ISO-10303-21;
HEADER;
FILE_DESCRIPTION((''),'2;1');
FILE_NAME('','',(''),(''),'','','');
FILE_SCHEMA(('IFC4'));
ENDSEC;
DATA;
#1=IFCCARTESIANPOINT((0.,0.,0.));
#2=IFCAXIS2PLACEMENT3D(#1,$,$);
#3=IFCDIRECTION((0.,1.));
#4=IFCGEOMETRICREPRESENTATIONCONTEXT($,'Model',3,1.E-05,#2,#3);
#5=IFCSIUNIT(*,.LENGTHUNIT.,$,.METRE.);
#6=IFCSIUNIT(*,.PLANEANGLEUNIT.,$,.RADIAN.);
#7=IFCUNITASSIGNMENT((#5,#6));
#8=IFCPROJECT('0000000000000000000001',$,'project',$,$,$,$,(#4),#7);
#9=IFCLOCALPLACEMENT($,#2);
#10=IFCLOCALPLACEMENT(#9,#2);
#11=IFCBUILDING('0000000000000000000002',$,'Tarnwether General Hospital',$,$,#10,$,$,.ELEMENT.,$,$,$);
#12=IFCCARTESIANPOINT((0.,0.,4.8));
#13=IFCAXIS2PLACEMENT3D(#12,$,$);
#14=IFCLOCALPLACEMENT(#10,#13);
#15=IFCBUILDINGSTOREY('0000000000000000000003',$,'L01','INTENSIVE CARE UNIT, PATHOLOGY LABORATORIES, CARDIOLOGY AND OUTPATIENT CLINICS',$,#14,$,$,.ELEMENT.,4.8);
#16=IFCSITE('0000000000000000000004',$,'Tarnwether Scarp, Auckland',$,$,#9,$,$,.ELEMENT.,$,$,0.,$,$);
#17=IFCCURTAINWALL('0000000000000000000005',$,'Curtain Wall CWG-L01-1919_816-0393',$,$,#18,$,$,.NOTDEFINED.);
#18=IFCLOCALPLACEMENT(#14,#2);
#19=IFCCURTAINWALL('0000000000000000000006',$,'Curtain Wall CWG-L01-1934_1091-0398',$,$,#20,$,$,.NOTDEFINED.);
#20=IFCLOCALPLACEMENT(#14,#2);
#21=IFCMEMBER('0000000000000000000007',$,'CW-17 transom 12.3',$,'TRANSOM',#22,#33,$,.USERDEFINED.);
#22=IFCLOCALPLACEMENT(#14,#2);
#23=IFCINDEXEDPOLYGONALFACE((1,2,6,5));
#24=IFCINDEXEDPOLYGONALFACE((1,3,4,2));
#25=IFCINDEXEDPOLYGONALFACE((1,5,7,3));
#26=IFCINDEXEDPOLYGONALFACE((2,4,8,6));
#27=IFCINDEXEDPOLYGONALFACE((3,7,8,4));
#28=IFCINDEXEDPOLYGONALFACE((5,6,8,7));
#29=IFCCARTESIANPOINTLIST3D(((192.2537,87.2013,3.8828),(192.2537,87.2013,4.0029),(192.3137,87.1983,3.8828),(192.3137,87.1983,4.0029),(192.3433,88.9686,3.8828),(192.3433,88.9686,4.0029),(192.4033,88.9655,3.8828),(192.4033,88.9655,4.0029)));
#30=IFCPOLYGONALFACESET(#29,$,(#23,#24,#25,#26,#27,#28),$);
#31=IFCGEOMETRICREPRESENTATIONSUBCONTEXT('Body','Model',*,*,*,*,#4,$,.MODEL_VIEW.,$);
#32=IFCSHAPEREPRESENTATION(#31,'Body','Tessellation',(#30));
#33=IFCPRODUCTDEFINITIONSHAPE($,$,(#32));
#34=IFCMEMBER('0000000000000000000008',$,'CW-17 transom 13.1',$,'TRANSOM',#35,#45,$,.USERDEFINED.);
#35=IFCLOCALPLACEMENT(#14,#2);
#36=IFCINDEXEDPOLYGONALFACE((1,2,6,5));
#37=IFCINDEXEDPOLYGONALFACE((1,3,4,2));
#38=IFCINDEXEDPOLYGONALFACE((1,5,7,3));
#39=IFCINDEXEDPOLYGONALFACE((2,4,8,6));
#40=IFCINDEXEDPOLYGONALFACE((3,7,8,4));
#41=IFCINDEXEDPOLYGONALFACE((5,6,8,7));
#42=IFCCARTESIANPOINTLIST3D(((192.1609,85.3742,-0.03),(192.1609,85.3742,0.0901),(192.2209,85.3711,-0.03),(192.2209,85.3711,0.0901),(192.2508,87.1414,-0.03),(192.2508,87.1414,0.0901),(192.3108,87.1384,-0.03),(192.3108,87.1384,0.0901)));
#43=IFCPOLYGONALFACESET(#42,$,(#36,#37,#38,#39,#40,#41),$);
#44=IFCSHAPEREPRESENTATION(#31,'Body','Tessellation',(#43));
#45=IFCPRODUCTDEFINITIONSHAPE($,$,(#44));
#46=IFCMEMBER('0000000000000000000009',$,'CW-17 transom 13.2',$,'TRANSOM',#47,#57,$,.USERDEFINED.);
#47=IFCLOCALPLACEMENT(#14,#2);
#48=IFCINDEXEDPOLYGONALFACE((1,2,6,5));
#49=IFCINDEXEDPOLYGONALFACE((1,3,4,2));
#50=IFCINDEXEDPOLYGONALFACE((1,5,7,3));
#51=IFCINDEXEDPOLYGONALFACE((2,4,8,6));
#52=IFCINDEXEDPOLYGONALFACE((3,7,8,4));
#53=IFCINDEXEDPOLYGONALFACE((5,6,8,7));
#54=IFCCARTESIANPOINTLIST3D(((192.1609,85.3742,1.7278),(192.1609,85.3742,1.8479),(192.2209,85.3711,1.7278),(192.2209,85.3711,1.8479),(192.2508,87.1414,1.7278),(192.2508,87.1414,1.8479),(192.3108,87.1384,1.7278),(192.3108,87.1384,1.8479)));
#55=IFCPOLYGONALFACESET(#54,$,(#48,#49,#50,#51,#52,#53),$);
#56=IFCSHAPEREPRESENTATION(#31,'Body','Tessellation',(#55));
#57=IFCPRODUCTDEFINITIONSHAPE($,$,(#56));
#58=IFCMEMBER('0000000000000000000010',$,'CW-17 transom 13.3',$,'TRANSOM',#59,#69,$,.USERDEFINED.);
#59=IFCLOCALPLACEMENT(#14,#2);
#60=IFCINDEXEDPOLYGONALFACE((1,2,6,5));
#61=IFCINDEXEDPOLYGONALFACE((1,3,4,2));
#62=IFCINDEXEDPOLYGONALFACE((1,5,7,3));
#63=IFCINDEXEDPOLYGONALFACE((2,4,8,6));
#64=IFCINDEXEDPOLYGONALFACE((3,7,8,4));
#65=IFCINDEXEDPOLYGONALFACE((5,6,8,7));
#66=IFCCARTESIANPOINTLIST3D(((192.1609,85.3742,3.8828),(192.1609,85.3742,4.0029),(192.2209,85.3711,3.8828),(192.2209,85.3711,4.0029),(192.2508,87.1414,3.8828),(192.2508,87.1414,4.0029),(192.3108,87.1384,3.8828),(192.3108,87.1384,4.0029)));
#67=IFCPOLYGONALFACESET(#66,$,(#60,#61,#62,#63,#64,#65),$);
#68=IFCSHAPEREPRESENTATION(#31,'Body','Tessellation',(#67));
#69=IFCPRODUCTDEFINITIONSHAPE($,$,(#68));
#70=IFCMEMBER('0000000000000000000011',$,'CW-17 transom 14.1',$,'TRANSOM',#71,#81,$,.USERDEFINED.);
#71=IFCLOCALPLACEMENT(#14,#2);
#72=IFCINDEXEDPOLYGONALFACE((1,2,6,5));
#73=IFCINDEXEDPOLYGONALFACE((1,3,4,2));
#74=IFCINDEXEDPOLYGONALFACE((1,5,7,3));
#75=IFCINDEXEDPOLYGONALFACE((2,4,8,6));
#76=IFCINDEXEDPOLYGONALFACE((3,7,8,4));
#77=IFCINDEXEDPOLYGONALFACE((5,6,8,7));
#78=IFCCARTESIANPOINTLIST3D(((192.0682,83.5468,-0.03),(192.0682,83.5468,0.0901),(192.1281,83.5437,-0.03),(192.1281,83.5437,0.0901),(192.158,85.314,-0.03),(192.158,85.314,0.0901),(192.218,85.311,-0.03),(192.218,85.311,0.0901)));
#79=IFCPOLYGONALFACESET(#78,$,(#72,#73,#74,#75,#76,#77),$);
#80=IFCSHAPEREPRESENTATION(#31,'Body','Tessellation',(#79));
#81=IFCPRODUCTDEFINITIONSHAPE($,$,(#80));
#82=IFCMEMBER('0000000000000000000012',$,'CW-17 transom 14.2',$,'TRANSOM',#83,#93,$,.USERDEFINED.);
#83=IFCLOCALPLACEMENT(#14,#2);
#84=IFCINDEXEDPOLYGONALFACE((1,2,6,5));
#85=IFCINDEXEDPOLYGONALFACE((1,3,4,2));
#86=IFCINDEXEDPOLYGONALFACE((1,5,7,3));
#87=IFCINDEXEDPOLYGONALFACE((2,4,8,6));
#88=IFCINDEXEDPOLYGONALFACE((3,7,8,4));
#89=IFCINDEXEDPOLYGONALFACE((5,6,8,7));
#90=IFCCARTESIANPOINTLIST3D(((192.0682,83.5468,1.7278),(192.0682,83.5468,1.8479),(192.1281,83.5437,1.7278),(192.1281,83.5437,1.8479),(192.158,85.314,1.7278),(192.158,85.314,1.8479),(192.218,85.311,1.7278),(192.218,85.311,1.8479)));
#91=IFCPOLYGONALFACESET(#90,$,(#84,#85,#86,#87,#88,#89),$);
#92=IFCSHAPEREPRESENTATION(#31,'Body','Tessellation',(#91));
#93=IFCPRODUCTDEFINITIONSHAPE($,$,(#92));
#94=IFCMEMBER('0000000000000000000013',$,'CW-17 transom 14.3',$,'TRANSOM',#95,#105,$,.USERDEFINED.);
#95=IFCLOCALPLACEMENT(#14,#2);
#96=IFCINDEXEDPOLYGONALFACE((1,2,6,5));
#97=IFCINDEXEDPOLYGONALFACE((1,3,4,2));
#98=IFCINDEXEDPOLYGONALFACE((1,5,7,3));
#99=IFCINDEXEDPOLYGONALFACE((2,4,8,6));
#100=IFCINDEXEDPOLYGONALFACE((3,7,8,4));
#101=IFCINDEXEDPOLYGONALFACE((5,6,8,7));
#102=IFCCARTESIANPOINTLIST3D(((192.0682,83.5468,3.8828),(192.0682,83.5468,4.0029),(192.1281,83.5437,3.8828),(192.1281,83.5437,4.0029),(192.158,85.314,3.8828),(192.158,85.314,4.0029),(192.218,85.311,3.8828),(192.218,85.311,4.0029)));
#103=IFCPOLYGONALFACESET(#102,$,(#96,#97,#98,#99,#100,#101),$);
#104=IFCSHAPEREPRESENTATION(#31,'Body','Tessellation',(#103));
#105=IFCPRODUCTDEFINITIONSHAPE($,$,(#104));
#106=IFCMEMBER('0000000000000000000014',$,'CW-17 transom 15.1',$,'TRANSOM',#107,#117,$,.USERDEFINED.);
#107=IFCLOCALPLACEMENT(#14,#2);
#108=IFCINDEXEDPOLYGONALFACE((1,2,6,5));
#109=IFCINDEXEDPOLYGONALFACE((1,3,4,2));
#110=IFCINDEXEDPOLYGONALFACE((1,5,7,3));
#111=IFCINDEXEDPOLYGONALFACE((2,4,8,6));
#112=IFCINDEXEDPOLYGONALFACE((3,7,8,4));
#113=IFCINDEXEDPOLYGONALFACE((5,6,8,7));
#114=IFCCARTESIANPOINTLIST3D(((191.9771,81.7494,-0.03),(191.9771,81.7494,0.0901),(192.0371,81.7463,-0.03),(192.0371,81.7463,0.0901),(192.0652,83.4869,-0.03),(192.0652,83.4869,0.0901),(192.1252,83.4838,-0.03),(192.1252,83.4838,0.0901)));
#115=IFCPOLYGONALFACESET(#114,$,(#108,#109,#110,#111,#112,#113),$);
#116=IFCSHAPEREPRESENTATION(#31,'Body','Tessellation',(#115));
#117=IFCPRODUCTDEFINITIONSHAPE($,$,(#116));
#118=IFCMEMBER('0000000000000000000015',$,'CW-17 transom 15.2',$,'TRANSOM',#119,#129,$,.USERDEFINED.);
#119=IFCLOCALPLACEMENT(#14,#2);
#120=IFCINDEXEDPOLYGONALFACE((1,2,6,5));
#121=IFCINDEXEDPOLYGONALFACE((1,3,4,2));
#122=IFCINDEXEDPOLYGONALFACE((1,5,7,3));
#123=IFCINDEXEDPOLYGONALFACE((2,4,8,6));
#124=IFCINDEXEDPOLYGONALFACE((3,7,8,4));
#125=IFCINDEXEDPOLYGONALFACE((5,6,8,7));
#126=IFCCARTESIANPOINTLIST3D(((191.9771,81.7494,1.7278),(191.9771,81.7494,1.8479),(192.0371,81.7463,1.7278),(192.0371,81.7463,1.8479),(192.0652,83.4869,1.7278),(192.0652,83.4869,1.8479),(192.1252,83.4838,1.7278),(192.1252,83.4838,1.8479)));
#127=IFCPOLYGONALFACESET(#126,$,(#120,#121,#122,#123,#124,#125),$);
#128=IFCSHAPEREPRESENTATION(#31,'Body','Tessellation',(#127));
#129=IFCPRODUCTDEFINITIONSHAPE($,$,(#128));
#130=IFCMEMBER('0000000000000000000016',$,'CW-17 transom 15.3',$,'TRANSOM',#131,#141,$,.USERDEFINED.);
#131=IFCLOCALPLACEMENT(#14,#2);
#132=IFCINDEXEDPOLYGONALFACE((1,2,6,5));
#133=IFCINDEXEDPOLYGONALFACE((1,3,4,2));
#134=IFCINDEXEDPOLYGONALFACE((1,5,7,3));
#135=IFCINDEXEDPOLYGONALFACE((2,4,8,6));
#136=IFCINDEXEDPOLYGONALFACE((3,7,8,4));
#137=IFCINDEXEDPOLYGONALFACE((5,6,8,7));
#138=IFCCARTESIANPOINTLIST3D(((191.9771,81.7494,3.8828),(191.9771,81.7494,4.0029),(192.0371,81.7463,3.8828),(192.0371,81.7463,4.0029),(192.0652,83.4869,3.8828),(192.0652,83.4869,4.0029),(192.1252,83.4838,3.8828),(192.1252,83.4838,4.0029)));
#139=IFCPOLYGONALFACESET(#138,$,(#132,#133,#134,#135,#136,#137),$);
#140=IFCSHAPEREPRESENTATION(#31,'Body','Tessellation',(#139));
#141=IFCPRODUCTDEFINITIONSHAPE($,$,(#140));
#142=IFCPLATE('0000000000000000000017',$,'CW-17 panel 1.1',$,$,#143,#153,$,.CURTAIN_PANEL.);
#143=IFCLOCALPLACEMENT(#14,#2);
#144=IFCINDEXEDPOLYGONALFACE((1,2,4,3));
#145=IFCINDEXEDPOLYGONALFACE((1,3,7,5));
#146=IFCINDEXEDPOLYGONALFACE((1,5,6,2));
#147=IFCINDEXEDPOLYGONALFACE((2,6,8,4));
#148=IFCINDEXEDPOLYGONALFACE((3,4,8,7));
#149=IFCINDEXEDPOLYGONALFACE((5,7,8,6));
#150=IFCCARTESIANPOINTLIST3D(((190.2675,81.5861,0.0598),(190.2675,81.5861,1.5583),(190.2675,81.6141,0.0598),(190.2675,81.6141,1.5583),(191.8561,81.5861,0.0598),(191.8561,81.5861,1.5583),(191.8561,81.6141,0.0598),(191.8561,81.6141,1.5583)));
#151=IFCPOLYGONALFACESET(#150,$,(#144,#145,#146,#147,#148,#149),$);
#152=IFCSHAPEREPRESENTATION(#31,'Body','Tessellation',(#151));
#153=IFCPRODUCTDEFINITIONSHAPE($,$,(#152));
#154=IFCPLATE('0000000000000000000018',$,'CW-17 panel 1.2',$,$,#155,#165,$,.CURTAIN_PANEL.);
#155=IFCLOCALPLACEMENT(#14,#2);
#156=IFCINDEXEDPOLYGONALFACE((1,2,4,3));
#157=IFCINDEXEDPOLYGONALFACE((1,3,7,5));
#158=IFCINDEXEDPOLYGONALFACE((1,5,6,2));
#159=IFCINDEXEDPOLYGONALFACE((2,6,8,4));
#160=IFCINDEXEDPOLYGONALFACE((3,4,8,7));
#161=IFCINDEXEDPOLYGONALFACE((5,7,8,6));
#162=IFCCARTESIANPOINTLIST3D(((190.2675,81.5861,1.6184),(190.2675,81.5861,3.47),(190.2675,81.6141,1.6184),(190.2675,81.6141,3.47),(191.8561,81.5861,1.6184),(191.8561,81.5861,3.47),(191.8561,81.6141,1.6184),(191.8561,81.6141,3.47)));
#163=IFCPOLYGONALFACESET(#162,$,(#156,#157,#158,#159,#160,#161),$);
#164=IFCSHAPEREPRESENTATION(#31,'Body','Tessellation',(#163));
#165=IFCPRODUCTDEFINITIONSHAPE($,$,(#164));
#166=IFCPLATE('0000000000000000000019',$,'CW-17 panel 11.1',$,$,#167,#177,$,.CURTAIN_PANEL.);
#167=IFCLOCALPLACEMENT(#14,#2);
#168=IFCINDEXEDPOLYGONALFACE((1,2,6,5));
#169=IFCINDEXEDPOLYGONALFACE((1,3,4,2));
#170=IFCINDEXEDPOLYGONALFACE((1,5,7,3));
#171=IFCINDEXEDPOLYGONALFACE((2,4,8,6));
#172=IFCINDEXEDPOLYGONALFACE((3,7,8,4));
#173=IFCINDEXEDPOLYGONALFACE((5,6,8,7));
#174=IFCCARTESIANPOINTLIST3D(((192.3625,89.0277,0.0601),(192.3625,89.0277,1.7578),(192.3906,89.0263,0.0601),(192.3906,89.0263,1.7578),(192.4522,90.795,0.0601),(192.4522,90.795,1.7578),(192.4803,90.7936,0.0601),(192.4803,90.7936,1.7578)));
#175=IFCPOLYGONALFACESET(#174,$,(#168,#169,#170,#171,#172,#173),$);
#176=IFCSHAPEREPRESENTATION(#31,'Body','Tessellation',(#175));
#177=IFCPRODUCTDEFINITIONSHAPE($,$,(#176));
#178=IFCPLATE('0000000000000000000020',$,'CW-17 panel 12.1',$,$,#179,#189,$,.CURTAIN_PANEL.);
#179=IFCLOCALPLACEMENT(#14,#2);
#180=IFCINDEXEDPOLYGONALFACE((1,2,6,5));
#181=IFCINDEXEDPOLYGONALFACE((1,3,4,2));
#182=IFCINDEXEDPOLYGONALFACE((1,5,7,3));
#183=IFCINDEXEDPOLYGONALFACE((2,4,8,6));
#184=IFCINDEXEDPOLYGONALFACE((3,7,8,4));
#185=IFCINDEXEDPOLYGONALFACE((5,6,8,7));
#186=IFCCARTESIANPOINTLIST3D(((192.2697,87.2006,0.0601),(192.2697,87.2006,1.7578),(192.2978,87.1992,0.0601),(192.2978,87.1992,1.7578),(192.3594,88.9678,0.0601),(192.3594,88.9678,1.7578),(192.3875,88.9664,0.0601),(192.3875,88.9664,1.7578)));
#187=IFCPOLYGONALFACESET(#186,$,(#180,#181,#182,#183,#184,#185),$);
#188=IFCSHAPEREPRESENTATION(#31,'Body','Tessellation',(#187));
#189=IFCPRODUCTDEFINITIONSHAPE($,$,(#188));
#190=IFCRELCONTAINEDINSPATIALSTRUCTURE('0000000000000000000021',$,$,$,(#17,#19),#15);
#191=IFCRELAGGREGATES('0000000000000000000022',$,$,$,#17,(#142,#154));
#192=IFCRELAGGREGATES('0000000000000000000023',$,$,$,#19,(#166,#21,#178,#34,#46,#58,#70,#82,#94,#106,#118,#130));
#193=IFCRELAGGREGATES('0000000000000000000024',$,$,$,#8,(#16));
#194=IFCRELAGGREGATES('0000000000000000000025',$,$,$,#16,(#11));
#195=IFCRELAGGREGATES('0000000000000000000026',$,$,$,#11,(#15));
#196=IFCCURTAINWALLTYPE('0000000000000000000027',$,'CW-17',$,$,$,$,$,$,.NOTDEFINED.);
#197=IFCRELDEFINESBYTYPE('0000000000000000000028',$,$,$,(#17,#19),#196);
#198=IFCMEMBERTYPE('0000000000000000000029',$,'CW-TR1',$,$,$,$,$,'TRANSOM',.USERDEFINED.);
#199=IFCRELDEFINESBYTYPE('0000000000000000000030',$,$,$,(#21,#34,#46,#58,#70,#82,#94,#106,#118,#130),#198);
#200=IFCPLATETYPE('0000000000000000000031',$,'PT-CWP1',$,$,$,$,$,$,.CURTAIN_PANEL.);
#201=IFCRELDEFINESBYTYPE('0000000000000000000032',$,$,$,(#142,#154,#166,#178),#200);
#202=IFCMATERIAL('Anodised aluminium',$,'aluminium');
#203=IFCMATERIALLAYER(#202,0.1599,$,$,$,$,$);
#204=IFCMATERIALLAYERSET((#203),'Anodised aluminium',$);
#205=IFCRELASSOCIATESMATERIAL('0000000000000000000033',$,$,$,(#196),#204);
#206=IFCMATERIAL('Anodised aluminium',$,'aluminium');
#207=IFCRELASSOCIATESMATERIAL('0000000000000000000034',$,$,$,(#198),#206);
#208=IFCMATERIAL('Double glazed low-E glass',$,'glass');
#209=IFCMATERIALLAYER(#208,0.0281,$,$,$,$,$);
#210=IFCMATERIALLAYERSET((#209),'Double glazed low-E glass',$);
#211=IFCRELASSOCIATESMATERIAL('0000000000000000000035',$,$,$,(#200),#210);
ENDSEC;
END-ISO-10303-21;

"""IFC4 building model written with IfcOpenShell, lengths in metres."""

from ifc_helpers import new_model, si_unit, direction, frame, origin, origin_2d, place, context, subcontext, project, spatial, rectangle, extrude, material, layer, layer_set, material_profile, profile_set, type_object, element, aggregate, save


model = new_model("IFC4")

# Units and contexts
model_context = context("Model", 3, precision=1e-05, world=origin(), true_north=direction((0.0, 1.0)))
body_context = subcontext(model_context, "Body", "Model", "MODEL_VIEW")
ifc_project = project(units=[si_unit("LENGTHUNIT", "METRE"), si_unit("PLANEANGLEUNIT", "RADIAN")], contexts=[model_context])

# Site, building, storey
site_placement = place(None, origin())
site = spatial("IfcSite", under=ifc_project, at=site_placement, Name="Tarnwether Scarp, Auckland", CompositionType="ELEMENT", RefElevation=0.0)
building_placement = place(site_placement, origin())
building = spatial("IfcBuilding", under=site, at=building_placement, Name="Tarnwether General Hospital", CompositionType="ELEMENT")
storey_placement = place(building_placement, frame((0.0, 0.0, 4.8)))
storey = spatial("IfcBuildingStorey", under=building, at=storey_placement, Name="L01", Description="INTENSIVE CARE UNIT, PATHOLOGY LABORATORIES, CARDIOLOGY AND OUTPATIENT CLINICS", CompositionType="ELEMENT", Elevation=4.8)

# Curtain wall
ifc_material_1 = material(Name="Anodised aluminium", Category="aluminium")
ifc_layer_1 = layer(ifc_material_1, 0.1599)
ifc_layer_set_1 = layer_set([ifc_layer_1], Name="Anodised aluminium")
curtain_wall_type = type_object("IfcCurtainWallType", Name="CW-17", PredefinedType="NOTDEFINED", material=ifc_layer_set_1)
curtain_wall_1_placement = place(storey_placement, origin())
curtain_wall_1 = element("IfcCurtainWall", 1, at=curtain_wall_1_placement, inside=storey, type_object=curtain_wall_type, Name="Curtain Wall CWG-L01-1919_816-0393", PredefinedType="NOTDEFINED")

# Curtain wall
curtain_wall_2_placement = place(storey_placement, origin())
curtain_wall_2 = element("IfcCurtainWall", 2, at=curtain_wall_2_placement, inside=storey, type_object=curtain_wall_type, Name="Curtain Wall CWG-L01-1934_1091-0398", PredefinedType="NOTDEFINED")

# Members
ifc_material_2 = material(Name="Anodised aluminium", Category="aluminium")
ifc_material_profile_1 = material_profile(ifc_material_2, rectangle(XDim=0.0601, YDim=0.1201, at=origin_2d()), Name="ALU-TRN-60x120")
ifc_profile_set_1 = profile_set([ifc_material_profile_1], Name="Anodised aluminium")
member_type_1 = type_object("IfcMemberType", Name="CW-TR1", ElementType="TRANSOM", PredefinedType="USERDEFINED", material=ifc_profile_set_1)
member_1_placement = place(storey_placement, frame((192.3733, 88.967, 3.9429), z_axis=(-0.050633, -0.998717, 0.0), x_axis=(0.998717, -0.050633, 0.0)))
member_1 = element("IfcMember", 3, at=member_1_placement, type_object=member_type_1, Name="CW-17 transom 12.3", ObjectType="TRANSOM", PredefinedType="USERDEFINED", context=body_context, shape_type="SweptSolid", body=[
    extrude(rectangle(XDim=0.0601, YDim=0.1201, at=origin_2d()), origin(), (0.0, 0.0, 1.0), 1.7695),
])
member_2_placement = place(storey_placement, frame((192.2808, 87.1399, 0.03), z_axis=(-0.05077, -0.99871, 0.0), x_axis=(0.99871, -0.05077, 0.0)))
member_2 = element("IfcMember", 4, at=member_2_placement, type_object=member_type_1, Name="CW-17 transom 13.1", ObjectType="TRANSOM", PredefinedType="USERDEFINED", context=body_context, shape_type="SweptSolid", body=[
    extrude(rectangle(XDim=0.0601, YDim=0.1201, at=origin_2d()), origin(), (0.0, 0.0, 1.0), 1.7695),
])
member_3_placement = place(storey_placement, frame((192.2808, 87.1399, 1.7878), z_axis=(-0.05077, -0.99871, 0.0), x_axis=(0.99871, -0.05077, 0.0)))
member_3 = element("IfcMember", 5, at=member_3_placement, type_object=member_type_1, Name="CW-17 transom 13.2", ObjectType="TRANSOM", PredefinedType="USERDEFINED", context=body_context, shape_type="SweptSolid", body=[
    extrude(rectangle(XDim=0.0601, YDim=0.1201, at=origin_2d()), origin(), (0.0, 0.0, 1.0), 1.7695),
])
member_4_placement = place(storey_placement, frame((192.2808, 87.1399, 3.9429), z_axis=(-0.05077, -0.99871, 0.0), x_axis=(0.99871, -0.05077, 0.0)))
member_4 = element("IfcMember", 6, at=member_4_placement, type_object=member_type_1, Name="CW-17 transom 13.3", ObjectType="TRANSOM", PredefinedType="USERDEFINED", context=body_context, shape_type="SweptSolid", body=[
    extrude(rectangle(XDim=0.0601, YDim=0.1201, at=origin_2d()), origin(), (0.0, 0.0, 1.0), 1.7695),
])
member_5_placement = place(storey_placement, frame((192.188, 85.3125, 0.03), z_axis=(-0.05077, -0.99871, 0.0), x_axis=(0.99871, -0.05077, 0.0)))
member_5 = element("IfcMember", 7, at=member_5_placement, type_object=member_type_1, Name="CW-17 transom 14.1", ObjectType="TRANSOM", PredefinedType="USERDEFINED", context=body_context, shape_type="SweptSolid", body=[
    extrude(rectangle(XDim=0.0601, YDim=0.1201, at=origin_2d()), origin(), (0.0, 0.0, 1.0), 1.7695),
])
member_6_placement = place(storey_placement, frame((192.188, 85.3125, 1.7878), z_axis=(-0.05077, -0.99871, 0.0), x_axis=(0.99871, -0.05077, 0.0)))
member_6 = element("IfcMember", 8, at=member_6_placement, type_object=member_type_1, Name="CW-17 transom 14.2", ObjectType="TRANSOM", PredefinedType="USERDEFINED", context=body_context, shape_type="SweptSolid", body=[
    extrude(rectangle(XDim=0.0601, YDim=0.1201, at=origin_2d()), origin(), (0.0, 0.0, 1.0), 1.7695),
])
member_7_placement = place(storey_placement, frame((192.188, 85.3125, 3.9429), z_axis=(-0.05077, -0.99871, 0.0), x_axis=(0.99871, -0.05077, 0.0)))
member_7 = element("IfcMember", 9, at=member_7_placement, type_object=member_type_1, Name="CW-17 transom 14.3", ObjectType="TRANSOM", PredefinedType="USERDEFINED", context=body_context, shape_type="SweptSolid", body=[
    extrude(rectangle(XDim=0.0601, YDim=0.1201, at=origin_2d()), origin(), (0.0, 0.0, 1.0), 1.7695),
])
member_8_placement = place(storey_placement, frame((192.0952, 83.4854, 0.03), z_axis=(-0.050658, -0.998716, 0.0), x_axis=(0.998716, -0.050658, 0.0)))
member_8 = element("IfcMember", 10, at=member_8_placement, type_object=member_type_1, Name="CW-17 transom 15.1", ObjectType="TRANSOM", PredefinedType="USERDEFINED", context=body_context, shape_type="SweptSolid", body=[
    extrude(rectangle(XDim=0.0601, YDim=0.1201, at=origin_2d()), origin(), (0.0, 0.0, 1.0), 1.7397),
])
member_9_placement = place(storey_placement, frame((192.0952, 83.4854, 1.7878), z_axis=(-0.050658, -0.998716, 0.0), x_axis=(0.998716, -0.050658, 0.0)))
member_9 = element("IfcMember", 11, at=member_9_placement, type_object=member_type_1, Name="CW-17 transom 15.2", ObjectType="TRANSOM", PredefinedType="USERDEFINED", context=body_context, shape_type="SweptSolid", body=[
    extrude(rectangle(XDim=0.0601, YDim=0.1201, at=origin_2d()), origin(), (0.0, 0.0, 1.0), 1.7397),
])
member_10_placement = place(storey_placement, frame((192.0952, 83.4854, 3.9429), z_axis=(-0.050658, -0.998716, 0.0), x_axis=(0.998716, -0.050658, 0.0)))
member_10 = element("IfcMember", 12, at=member_10_placement, type_object=member_type_1, Name="CW-17 transom 15.3", ObjectType="TRANSOM", PredefinedType="USERDEFINED", context=body_context, shape_type="SweptSolid", body=[
    extrude(rectangle(XDim=0.0601, YDim=0.1201, at=origin_2d()), origin(), (0.0, 0.0, 1.0), 1.7397),
])

# Plates
ifc_material_3 = material(Name="Double glazed low-E glass", Category="glass")
ifc_layer_2 = layer(ifc_material_3, 0.0281)
ifc_layer_set_2 = layer_set([ifc_layer_2], Name="Double glazed low-E glass")
plate_type_1 = type_object("IfcPlateType", Name="PT-CWP1", PredefinedType="CURTAIN_PANEL", material=ifc_layer_set_2)
plate_1_placement = place(storey_placement, frame((191.0618, 81.6001, 0.0598), z_axis=(0.0, 0.0, 1.0), x_axis=(-1.0, 0.0, 0.0)))
plate_1 = element("IfcPlate", 13, at=plate_1_placement, type_object=plate_type_1, Name="CW-17 panel 1.1", PredefinedType="CURTAIN_PANEL", context=body_context, shape_type="SweptSolid", body=[
    extrude(rectangle(XDim=1.5886, YDim=0.0281, at=origin_2d()), origin(), (0.0, 0.0, 1.0), 1.4985),
])
plate_2_placement = place(storey_placement, frame((191.0618, 81.6001, 1.6184), z_axis=(0.0, 0.0, 1.0), x_axis=(-1.0, 0.0, 0.0)))
plate_2 = element("IfcPlate", 14, at=plate_2_placement, type_object=plate_type_1, Name="CW-17 panel 1.2", PredefinedType="CURTAIN_PANEL", context=body_context, shape_type="SweptSolid", body=[
    extrude(rectangle(XDim=1.5886, YDim=0.0281, at=origin_2d()), origin(), (0.0, 0.0, 1.0), 1.8516),
])
aggregate(curtain_wall_1, [plate_1, plate_2])
plate_3_placement = place(storey_placement, frame((192.4214, 89.9106, 0.0601), z_axis=(0.0, 0.0, 1.0), x_axis=(-0.050685, -0.998715, 0.0)))
plate_3 = element("IfcPlate", 15, at=plate_3_placement, type_object=plate_type_1, Name="CW-17 panel 11.1", PredefinedType="CURTAIN_PANEL", context=body_context, shape_type="SweptSolid", body=[
    extrude(rectangle(XDim=1.7695, YDim=0.0281, at=origin_2d()), origin(), (0.0, 0.0, 1.0), 1.6978),
])
plate_4_placement = place(storey_placement, frame((192.3286, 88.0835, 0.0601), z_axis=(0.0, 0.0, 1.0), x_axis=(-0.050685, -0.998715, 0.0)))
plate_4 = element("IfcPlate", 16, at=plate_4_placement, type_object=plate_type_1, Name="CW-17 panel 12.1", PredefinedType="CURTAIN_PANEL", context=body_context, shape_type="SweptSolid", body=[
    extrude(rectangle(XDim=1.7695, YDim=0.0281, at=origin_2d()), origin(), (0.0, 0.0, 1.0), 1.6978),
])
aggregate(curtain_wall_2, [plate_3, member_1, plate_4, member_2, member_3, member_4, member_5, member_6, member_7, member_8, member_9, member_10])

save(model, "model.ifc")
